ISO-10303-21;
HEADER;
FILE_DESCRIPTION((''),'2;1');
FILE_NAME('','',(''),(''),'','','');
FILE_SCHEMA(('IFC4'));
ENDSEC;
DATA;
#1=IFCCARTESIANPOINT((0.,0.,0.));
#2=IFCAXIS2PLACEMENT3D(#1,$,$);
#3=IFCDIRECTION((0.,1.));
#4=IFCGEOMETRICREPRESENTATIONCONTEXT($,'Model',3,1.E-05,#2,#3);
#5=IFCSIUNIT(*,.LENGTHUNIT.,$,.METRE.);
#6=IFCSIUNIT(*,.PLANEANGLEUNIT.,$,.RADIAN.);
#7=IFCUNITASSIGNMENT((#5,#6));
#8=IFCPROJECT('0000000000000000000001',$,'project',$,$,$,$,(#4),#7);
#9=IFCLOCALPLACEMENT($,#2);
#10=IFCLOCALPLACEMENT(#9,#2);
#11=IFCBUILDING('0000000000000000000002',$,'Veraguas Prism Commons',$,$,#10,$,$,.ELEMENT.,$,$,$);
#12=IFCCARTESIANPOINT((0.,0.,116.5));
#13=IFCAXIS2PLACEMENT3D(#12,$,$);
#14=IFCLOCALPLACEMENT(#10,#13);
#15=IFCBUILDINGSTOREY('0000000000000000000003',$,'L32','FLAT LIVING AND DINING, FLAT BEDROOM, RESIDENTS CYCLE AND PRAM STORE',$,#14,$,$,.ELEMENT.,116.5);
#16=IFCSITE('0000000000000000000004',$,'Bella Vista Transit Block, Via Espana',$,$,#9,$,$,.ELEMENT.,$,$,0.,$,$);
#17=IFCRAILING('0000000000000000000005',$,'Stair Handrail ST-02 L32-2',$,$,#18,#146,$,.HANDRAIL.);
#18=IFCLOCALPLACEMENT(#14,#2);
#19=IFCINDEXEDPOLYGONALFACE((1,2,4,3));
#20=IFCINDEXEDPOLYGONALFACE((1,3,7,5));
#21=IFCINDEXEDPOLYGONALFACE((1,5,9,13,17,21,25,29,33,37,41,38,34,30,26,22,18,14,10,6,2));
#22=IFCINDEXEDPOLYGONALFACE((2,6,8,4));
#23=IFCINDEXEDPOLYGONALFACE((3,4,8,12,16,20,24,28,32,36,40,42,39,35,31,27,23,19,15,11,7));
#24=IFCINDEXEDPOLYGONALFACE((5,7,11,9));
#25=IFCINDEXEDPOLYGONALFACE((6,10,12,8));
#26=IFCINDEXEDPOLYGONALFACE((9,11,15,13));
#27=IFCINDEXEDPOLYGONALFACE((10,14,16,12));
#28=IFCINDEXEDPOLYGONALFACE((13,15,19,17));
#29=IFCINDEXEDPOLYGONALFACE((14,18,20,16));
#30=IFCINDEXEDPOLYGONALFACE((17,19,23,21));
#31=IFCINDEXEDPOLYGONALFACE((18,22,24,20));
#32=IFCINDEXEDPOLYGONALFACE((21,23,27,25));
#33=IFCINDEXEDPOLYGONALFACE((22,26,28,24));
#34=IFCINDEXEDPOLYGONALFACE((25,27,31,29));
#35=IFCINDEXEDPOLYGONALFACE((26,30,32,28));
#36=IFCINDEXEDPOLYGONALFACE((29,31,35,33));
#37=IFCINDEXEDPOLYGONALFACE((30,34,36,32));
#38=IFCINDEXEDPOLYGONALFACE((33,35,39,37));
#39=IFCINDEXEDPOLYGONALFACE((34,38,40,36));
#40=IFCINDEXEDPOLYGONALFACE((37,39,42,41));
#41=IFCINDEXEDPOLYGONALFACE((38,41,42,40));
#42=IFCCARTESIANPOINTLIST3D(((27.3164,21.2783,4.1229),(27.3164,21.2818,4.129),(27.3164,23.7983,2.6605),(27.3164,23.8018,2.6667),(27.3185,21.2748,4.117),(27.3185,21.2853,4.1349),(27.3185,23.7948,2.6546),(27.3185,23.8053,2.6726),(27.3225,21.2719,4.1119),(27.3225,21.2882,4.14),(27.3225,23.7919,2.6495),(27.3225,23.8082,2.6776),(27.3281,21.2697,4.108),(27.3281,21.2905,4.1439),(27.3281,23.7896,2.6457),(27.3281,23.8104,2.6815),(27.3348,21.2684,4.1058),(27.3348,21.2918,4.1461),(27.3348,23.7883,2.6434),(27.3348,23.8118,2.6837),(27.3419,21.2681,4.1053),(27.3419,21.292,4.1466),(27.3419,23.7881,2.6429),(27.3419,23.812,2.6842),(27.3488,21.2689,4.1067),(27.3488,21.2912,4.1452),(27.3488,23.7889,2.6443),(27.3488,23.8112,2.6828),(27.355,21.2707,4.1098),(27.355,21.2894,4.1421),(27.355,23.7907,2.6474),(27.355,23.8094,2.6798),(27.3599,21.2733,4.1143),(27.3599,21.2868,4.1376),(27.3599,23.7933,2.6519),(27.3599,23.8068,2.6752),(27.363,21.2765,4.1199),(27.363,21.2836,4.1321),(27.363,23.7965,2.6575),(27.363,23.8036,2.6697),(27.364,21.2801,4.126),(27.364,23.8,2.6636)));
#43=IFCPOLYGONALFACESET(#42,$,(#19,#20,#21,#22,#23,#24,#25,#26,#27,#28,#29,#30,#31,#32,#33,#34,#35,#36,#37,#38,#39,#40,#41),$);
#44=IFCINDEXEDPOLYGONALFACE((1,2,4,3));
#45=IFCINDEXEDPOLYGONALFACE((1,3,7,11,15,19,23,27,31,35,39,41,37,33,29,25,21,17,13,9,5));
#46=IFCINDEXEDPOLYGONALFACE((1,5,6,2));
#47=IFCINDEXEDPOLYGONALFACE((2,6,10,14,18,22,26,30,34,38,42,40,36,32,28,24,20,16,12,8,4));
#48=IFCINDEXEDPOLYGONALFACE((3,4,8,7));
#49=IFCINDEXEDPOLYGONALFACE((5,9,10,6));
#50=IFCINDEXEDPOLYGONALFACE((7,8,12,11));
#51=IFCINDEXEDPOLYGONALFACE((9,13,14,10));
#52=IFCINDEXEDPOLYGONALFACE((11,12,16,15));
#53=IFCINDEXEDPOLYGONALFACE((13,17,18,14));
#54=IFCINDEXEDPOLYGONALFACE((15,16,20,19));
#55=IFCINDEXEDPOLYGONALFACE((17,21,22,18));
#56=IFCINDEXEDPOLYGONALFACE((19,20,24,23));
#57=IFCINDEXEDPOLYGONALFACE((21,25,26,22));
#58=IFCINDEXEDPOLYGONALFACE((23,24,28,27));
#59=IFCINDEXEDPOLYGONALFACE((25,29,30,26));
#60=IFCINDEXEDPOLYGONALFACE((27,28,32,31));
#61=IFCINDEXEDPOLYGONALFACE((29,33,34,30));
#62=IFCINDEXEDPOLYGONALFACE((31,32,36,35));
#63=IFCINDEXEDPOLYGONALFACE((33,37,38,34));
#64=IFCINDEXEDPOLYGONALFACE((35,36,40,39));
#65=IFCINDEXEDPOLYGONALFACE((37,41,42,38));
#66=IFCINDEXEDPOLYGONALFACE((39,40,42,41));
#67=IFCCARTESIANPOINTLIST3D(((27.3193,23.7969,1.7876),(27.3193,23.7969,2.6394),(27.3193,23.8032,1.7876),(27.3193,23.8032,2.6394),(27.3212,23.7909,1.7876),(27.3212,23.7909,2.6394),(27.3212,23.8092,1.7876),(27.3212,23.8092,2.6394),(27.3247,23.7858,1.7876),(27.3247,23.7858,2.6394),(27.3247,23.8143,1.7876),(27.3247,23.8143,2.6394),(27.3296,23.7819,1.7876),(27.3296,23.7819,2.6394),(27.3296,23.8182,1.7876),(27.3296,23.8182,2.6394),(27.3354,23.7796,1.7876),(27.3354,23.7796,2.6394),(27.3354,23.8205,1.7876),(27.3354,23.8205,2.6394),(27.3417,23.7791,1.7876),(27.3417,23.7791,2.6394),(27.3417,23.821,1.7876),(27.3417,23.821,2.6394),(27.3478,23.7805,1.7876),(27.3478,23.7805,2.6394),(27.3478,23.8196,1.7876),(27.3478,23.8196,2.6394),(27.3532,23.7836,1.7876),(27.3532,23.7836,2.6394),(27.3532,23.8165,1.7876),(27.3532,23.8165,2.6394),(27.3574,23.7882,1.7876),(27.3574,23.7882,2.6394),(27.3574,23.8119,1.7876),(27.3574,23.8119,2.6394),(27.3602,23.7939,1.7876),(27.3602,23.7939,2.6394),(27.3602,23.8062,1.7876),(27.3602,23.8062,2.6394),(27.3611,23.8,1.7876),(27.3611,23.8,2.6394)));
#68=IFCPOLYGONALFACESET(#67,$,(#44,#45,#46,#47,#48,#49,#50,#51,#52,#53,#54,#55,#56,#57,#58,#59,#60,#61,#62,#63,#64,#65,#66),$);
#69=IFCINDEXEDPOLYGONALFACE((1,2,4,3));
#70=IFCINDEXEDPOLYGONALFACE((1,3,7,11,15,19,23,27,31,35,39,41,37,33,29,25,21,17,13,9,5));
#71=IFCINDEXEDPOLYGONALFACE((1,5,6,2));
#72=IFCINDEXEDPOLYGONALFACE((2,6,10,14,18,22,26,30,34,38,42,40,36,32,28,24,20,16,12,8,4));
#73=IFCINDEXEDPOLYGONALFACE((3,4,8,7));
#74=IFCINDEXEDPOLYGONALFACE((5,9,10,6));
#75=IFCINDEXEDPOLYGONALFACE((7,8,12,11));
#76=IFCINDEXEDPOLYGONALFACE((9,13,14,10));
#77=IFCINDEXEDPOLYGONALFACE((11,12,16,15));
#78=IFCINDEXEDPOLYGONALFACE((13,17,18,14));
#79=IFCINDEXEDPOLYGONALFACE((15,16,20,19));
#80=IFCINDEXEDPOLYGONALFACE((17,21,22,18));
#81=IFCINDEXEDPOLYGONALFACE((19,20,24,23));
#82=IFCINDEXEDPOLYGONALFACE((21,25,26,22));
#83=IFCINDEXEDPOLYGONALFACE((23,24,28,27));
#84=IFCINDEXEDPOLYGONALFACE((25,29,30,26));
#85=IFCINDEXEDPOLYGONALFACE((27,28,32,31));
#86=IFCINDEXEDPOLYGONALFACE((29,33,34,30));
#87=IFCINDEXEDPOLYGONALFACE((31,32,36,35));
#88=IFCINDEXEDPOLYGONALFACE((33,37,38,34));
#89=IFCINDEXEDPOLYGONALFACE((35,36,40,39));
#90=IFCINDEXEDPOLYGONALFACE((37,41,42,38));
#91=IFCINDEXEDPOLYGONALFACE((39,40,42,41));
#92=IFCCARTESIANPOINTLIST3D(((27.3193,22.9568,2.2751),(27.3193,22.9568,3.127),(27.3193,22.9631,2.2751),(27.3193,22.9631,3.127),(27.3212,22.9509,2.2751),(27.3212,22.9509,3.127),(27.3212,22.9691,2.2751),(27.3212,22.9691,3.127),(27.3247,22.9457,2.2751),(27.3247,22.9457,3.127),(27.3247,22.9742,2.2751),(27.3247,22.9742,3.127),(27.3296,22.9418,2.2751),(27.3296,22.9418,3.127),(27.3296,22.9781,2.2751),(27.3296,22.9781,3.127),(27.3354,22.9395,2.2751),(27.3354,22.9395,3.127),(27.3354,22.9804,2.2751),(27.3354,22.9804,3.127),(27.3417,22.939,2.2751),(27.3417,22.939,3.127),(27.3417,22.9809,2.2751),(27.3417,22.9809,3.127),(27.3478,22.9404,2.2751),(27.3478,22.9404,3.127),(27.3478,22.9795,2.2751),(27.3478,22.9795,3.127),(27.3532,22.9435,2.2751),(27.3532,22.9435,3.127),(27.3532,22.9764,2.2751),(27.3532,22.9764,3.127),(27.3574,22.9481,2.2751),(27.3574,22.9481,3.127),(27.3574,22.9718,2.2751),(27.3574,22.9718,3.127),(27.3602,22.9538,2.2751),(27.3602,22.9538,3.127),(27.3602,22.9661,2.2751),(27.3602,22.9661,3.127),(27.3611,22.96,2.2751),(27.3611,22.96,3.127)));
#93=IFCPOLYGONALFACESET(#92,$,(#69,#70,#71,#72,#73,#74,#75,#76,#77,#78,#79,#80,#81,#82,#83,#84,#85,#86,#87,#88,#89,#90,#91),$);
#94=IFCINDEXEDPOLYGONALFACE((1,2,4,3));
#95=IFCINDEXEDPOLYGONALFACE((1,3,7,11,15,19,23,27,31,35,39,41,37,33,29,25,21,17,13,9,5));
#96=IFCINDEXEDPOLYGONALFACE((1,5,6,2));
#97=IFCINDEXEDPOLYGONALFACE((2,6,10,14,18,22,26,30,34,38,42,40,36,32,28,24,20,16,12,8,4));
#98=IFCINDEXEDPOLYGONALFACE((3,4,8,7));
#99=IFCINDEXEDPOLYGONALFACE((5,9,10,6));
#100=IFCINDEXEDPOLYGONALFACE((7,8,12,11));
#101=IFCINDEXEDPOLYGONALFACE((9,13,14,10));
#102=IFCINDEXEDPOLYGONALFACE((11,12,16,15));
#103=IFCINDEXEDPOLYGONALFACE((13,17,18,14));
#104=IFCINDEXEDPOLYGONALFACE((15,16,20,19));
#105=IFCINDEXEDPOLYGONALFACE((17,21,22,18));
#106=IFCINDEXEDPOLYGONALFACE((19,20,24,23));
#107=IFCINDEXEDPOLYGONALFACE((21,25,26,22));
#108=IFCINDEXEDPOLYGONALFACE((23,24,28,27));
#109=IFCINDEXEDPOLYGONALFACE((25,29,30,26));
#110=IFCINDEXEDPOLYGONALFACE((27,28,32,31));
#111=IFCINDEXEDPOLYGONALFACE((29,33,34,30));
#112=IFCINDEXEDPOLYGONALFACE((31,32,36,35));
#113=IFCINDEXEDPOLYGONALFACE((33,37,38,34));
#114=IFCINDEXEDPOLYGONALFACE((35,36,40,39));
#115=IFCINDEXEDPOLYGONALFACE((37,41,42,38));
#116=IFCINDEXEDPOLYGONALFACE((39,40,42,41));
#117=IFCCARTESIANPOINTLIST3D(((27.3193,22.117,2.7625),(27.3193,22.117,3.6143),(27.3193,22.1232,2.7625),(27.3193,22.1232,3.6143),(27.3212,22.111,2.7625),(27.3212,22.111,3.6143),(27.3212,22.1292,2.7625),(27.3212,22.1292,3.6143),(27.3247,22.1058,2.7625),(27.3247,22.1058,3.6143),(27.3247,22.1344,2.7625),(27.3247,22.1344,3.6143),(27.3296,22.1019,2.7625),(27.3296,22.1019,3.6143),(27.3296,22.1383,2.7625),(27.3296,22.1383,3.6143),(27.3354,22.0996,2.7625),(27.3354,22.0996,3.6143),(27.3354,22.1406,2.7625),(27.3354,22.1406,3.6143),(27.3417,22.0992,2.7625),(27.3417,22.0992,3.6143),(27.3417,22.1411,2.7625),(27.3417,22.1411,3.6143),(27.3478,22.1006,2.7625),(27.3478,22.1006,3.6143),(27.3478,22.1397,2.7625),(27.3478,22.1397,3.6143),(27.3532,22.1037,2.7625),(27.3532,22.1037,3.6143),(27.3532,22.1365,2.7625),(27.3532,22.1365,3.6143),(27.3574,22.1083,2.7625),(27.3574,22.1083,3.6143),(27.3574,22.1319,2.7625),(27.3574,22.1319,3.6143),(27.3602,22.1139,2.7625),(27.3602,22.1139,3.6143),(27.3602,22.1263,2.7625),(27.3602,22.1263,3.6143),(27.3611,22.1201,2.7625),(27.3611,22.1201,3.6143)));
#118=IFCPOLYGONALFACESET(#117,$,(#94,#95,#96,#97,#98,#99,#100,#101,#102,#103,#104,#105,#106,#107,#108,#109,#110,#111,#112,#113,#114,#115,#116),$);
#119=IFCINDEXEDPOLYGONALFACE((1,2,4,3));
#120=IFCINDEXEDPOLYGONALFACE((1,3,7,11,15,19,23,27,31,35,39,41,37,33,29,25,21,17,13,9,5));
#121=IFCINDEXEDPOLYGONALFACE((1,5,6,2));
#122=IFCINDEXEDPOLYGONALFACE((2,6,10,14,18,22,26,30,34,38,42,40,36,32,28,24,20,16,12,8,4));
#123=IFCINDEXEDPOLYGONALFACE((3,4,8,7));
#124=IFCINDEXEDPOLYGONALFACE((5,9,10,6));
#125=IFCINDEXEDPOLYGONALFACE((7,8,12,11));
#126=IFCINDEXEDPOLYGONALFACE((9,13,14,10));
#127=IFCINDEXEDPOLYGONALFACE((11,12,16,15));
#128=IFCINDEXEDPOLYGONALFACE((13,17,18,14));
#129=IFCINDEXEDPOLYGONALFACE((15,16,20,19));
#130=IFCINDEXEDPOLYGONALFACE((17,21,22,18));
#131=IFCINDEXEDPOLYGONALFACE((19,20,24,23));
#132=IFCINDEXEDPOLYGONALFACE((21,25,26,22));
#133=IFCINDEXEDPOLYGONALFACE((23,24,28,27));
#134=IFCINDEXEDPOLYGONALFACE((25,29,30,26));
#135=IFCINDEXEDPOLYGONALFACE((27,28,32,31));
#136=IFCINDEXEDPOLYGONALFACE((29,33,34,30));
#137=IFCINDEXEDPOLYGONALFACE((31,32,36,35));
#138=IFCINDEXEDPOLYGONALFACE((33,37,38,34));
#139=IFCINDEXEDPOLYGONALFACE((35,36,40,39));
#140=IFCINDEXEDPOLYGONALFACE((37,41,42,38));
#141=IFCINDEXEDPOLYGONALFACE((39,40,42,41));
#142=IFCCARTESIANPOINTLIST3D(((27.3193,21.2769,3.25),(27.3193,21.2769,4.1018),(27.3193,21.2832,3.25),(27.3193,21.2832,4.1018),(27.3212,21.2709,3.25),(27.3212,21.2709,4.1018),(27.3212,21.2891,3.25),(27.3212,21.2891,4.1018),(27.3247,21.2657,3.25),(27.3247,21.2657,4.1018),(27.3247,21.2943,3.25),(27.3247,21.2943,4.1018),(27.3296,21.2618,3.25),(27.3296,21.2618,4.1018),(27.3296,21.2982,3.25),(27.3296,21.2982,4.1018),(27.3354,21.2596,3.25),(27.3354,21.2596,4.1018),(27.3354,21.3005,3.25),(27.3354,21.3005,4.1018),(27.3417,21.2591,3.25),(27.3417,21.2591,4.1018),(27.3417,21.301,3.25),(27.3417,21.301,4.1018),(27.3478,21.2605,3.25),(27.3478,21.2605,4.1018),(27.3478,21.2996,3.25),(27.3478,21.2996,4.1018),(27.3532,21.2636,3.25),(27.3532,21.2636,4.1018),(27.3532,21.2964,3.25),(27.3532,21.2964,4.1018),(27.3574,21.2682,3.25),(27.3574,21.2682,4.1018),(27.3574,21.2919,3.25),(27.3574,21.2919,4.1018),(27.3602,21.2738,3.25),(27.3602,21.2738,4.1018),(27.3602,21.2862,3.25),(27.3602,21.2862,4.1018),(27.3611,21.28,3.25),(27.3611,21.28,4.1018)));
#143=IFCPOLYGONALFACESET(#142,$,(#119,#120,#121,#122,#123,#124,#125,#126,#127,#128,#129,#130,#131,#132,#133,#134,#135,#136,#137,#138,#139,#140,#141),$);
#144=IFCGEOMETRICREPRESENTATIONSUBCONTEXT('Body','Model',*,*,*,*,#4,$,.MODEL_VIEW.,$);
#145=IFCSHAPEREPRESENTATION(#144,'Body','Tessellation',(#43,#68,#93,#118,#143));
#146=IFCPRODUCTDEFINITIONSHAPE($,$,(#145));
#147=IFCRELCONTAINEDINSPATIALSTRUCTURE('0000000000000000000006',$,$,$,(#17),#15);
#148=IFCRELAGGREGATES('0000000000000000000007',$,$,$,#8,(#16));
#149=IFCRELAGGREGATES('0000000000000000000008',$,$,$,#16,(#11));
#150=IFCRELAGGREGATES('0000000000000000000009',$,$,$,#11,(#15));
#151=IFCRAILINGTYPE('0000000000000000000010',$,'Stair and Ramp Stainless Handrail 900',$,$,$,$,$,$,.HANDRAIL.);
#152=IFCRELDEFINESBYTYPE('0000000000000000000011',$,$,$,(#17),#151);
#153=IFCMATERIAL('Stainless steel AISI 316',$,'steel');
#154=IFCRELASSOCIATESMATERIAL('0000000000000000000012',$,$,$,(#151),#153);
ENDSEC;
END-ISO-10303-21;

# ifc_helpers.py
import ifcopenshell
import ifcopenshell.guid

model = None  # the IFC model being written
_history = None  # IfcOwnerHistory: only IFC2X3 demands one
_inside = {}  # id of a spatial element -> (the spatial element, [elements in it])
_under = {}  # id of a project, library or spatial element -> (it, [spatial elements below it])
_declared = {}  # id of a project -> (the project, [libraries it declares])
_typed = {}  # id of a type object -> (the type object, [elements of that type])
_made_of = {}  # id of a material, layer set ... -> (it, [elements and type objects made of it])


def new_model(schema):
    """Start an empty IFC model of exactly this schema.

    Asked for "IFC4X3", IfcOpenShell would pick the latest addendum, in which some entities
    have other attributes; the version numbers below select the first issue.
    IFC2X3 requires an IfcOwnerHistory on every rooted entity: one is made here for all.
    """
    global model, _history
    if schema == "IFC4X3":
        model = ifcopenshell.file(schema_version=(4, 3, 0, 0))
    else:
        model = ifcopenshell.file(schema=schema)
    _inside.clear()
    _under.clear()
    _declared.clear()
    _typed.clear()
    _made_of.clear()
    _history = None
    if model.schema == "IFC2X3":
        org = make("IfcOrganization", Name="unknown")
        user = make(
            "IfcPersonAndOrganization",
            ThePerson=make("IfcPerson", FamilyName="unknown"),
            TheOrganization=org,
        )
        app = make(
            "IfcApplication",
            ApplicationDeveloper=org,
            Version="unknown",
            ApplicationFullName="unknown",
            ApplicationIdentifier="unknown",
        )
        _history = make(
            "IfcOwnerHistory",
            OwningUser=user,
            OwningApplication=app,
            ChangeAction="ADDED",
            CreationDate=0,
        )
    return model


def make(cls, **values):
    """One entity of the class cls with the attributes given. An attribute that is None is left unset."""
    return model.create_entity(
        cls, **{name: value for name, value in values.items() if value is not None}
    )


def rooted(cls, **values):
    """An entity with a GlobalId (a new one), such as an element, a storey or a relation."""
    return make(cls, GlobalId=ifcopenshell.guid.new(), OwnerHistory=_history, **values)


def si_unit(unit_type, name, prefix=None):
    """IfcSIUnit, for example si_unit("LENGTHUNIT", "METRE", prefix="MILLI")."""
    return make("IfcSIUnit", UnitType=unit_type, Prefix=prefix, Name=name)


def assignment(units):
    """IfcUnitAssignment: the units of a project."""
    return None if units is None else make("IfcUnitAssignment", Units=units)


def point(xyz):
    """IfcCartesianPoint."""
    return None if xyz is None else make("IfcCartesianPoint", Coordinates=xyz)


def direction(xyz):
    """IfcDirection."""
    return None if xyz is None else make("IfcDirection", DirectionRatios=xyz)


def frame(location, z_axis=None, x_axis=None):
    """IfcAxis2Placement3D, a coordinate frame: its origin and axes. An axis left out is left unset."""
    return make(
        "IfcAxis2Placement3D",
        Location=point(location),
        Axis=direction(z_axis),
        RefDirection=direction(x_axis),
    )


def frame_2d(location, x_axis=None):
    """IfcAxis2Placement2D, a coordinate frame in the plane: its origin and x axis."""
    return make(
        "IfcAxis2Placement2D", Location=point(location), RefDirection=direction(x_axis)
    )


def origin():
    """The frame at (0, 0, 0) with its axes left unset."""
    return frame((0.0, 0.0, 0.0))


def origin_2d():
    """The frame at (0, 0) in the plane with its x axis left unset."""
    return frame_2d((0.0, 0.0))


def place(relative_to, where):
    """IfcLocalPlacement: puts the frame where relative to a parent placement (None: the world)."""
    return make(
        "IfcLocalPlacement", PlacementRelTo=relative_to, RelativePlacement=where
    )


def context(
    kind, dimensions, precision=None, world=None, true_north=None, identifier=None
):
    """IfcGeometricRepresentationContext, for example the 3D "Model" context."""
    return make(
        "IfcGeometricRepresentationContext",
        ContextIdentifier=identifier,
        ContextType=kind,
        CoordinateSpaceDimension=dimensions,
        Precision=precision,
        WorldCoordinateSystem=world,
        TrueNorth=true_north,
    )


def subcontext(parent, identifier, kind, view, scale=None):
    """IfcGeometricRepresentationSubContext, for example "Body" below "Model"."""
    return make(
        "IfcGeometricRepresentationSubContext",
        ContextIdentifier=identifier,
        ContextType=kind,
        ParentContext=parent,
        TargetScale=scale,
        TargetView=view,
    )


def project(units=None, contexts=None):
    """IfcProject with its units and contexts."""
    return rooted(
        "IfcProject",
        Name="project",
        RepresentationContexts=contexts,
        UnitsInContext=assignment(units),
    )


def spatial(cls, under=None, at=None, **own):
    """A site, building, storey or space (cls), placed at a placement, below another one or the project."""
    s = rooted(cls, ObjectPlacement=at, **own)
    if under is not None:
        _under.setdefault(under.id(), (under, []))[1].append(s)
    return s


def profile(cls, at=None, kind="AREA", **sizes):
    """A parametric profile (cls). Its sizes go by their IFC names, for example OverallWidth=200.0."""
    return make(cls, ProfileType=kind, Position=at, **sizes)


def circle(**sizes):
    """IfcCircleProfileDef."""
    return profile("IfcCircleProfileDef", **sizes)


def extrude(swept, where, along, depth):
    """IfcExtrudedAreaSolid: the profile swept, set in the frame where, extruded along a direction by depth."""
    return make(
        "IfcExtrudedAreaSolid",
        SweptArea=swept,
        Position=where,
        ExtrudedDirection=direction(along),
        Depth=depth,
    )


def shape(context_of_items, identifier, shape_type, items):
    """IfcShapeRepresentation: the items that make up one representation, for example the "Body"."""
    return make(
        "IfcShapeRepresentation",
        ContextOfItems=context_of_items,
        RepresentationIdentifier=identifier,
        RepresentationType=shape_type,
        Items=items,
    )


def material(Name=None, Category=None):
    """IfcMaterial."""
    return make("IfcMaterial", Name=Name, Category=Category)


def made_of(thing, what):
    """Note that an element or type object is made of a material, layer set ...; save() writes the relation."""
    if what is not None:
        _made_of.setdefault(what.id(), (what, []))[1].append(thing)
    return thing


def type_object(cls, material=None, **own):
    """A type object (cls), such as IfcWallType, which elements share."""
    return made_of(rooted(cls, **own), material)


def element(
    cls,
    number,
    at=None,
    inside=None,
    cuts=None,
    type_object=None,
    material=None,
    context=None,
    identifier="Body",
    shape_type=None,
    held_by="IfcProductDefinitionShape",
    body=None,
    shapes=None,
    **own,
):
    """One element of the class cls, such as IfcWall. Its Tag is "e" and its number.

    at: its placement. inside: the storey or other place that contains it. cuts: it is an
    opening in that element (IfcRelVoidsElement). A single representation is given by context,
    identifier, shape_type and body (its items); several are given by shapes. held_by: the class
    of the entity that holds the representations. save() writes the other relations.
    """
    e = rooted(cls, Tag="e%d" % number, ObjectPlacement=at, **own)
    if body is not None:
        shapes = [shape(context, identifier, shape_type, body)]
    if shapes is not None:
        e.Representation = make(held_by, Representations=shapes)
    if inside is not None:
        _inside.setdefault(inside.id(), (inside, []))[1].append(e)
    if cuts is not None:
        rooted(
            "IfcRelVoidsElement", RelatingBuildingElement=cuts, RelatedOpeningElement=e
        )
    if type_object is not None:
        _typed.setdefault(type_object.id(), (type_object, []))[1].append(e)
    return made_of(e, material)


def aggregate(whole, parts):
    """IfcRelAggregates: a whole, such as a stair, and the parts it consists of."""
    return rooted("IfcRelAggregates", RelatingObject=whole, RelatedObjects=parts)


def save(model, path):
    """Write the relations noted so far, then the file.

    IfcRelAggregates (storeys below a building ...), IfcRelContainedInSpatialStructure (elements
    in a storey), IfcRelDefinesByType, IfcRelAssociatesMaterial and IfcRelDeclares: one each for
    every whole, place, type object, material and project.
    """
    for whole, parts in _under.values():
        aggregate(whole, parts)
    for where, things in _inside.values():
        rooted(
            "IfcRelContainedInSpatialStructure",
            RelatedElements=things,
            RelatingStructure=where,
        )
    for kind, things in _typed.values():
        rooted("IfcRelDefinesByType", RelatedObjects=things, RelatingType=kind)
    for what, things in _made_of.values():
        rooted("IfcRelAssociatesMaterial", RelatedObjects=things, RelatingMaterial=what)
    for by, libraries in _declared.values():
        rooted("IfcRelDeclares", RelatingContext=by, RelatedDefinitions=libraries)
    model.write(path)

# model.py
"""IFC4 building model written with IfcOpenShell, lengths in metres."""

from ifc_helpers import new_model, si_unit, direction, frame, origin, origin_2d, place, context, subcontext, project, spatial, circle, extrude, material, type_object, element, save


model = new_model("IFC4")

# Units and contexts
model_context = context("Model", 3, precision=1e-05, world=origin(), true_north=direction((0.0, 1.0)))
body_context = subcontext(model_context, "Body", "Model", "MODEL_VIEW")
ifc_project = project(units=[si_unit("LENGTHUNIT", "METRE"), si_unit("PLANEANGLEUNIT", "RADIAN")], contexts=[model_context])

# Site, building, storey
site_placement = place(None, origin())
site = spatial("IfcSite", under=ifc_project, at=site_placement, Name="Bella Vista Transit Block, Via Espana", CompositionType="ELEMENT", RefElevation=0.0)
building_placement = place(site_placement, origin())
building = spatial("IfcBuilding", under=site, at=building_placement, Name="Veraguas Prism Commons", CompositionType="ELEMENT")
storey_placement = place(building_placement, frame((0.0, 0.0, 116.5)))
storey = spatial("IfcBuildingStorey", under=building, at=storey_placement, Name="L32", Description="FLAT LIVING AND DINING, FLAT BEDROOM, RESIDENTS CYCLE AND PRAM STORE", CompositionType="ELEMENT", Elevation=116.5)

# Shared definitions
ifc_material_1 = material(Name="Stainless steel AISI 316", Category="steel")

# Railing
railing_type_1 = type_object("IfcRailingType", Name="Stair and Ramp Stainless Handrail 900", PredefinedType="HANDRAIL", material=ifc_material_1)
railing_1_placement = place(storey_placement, frame((27.3401, 23.8, 1.7876)))
element("IfcRailing", 1, at=railing_1_placement, inside=storey, type_object=railing_type_1, Name="Stair Handrail ST-02 L32-2", PredefinedType="HANDRAIL", context=body_context, shape_type="SweptSolid", body=[
    extrude(circle(Radius=0.0239, at=origin_2d()), frame((0.0, 0.0, 0.876), z_axis=(0.0, -0.864913, 0.501921), x_axis=(1.0, 0.0, 0.0)), (0.0, 0.0, 1.0), 2.9136),
    extrude(circle(Radius=0.021, at=origin_2d()), origin(), (0.0, 0.0, 1.0), 0.8518),
    extrude(circle(Radius=0.021, at=origin_2d()), frame((0.0, -0.8401, 0.4875)), (0.0, 0.0, 1.0), 0.8518),
    extrude(circle(Radius=0.021, at=origin_2d()), frame((0.0, -1.6799, 0.9749)), (0.0, 0.0, 1.0), 0.8518),
    extrude(circle(Radius=0.021, at=origin_2d()), frame((0.0, -2.52, 1.4624)), (0.0, 0.0, 1.0), 0.8518),
])

save(model, "model.ifc")
